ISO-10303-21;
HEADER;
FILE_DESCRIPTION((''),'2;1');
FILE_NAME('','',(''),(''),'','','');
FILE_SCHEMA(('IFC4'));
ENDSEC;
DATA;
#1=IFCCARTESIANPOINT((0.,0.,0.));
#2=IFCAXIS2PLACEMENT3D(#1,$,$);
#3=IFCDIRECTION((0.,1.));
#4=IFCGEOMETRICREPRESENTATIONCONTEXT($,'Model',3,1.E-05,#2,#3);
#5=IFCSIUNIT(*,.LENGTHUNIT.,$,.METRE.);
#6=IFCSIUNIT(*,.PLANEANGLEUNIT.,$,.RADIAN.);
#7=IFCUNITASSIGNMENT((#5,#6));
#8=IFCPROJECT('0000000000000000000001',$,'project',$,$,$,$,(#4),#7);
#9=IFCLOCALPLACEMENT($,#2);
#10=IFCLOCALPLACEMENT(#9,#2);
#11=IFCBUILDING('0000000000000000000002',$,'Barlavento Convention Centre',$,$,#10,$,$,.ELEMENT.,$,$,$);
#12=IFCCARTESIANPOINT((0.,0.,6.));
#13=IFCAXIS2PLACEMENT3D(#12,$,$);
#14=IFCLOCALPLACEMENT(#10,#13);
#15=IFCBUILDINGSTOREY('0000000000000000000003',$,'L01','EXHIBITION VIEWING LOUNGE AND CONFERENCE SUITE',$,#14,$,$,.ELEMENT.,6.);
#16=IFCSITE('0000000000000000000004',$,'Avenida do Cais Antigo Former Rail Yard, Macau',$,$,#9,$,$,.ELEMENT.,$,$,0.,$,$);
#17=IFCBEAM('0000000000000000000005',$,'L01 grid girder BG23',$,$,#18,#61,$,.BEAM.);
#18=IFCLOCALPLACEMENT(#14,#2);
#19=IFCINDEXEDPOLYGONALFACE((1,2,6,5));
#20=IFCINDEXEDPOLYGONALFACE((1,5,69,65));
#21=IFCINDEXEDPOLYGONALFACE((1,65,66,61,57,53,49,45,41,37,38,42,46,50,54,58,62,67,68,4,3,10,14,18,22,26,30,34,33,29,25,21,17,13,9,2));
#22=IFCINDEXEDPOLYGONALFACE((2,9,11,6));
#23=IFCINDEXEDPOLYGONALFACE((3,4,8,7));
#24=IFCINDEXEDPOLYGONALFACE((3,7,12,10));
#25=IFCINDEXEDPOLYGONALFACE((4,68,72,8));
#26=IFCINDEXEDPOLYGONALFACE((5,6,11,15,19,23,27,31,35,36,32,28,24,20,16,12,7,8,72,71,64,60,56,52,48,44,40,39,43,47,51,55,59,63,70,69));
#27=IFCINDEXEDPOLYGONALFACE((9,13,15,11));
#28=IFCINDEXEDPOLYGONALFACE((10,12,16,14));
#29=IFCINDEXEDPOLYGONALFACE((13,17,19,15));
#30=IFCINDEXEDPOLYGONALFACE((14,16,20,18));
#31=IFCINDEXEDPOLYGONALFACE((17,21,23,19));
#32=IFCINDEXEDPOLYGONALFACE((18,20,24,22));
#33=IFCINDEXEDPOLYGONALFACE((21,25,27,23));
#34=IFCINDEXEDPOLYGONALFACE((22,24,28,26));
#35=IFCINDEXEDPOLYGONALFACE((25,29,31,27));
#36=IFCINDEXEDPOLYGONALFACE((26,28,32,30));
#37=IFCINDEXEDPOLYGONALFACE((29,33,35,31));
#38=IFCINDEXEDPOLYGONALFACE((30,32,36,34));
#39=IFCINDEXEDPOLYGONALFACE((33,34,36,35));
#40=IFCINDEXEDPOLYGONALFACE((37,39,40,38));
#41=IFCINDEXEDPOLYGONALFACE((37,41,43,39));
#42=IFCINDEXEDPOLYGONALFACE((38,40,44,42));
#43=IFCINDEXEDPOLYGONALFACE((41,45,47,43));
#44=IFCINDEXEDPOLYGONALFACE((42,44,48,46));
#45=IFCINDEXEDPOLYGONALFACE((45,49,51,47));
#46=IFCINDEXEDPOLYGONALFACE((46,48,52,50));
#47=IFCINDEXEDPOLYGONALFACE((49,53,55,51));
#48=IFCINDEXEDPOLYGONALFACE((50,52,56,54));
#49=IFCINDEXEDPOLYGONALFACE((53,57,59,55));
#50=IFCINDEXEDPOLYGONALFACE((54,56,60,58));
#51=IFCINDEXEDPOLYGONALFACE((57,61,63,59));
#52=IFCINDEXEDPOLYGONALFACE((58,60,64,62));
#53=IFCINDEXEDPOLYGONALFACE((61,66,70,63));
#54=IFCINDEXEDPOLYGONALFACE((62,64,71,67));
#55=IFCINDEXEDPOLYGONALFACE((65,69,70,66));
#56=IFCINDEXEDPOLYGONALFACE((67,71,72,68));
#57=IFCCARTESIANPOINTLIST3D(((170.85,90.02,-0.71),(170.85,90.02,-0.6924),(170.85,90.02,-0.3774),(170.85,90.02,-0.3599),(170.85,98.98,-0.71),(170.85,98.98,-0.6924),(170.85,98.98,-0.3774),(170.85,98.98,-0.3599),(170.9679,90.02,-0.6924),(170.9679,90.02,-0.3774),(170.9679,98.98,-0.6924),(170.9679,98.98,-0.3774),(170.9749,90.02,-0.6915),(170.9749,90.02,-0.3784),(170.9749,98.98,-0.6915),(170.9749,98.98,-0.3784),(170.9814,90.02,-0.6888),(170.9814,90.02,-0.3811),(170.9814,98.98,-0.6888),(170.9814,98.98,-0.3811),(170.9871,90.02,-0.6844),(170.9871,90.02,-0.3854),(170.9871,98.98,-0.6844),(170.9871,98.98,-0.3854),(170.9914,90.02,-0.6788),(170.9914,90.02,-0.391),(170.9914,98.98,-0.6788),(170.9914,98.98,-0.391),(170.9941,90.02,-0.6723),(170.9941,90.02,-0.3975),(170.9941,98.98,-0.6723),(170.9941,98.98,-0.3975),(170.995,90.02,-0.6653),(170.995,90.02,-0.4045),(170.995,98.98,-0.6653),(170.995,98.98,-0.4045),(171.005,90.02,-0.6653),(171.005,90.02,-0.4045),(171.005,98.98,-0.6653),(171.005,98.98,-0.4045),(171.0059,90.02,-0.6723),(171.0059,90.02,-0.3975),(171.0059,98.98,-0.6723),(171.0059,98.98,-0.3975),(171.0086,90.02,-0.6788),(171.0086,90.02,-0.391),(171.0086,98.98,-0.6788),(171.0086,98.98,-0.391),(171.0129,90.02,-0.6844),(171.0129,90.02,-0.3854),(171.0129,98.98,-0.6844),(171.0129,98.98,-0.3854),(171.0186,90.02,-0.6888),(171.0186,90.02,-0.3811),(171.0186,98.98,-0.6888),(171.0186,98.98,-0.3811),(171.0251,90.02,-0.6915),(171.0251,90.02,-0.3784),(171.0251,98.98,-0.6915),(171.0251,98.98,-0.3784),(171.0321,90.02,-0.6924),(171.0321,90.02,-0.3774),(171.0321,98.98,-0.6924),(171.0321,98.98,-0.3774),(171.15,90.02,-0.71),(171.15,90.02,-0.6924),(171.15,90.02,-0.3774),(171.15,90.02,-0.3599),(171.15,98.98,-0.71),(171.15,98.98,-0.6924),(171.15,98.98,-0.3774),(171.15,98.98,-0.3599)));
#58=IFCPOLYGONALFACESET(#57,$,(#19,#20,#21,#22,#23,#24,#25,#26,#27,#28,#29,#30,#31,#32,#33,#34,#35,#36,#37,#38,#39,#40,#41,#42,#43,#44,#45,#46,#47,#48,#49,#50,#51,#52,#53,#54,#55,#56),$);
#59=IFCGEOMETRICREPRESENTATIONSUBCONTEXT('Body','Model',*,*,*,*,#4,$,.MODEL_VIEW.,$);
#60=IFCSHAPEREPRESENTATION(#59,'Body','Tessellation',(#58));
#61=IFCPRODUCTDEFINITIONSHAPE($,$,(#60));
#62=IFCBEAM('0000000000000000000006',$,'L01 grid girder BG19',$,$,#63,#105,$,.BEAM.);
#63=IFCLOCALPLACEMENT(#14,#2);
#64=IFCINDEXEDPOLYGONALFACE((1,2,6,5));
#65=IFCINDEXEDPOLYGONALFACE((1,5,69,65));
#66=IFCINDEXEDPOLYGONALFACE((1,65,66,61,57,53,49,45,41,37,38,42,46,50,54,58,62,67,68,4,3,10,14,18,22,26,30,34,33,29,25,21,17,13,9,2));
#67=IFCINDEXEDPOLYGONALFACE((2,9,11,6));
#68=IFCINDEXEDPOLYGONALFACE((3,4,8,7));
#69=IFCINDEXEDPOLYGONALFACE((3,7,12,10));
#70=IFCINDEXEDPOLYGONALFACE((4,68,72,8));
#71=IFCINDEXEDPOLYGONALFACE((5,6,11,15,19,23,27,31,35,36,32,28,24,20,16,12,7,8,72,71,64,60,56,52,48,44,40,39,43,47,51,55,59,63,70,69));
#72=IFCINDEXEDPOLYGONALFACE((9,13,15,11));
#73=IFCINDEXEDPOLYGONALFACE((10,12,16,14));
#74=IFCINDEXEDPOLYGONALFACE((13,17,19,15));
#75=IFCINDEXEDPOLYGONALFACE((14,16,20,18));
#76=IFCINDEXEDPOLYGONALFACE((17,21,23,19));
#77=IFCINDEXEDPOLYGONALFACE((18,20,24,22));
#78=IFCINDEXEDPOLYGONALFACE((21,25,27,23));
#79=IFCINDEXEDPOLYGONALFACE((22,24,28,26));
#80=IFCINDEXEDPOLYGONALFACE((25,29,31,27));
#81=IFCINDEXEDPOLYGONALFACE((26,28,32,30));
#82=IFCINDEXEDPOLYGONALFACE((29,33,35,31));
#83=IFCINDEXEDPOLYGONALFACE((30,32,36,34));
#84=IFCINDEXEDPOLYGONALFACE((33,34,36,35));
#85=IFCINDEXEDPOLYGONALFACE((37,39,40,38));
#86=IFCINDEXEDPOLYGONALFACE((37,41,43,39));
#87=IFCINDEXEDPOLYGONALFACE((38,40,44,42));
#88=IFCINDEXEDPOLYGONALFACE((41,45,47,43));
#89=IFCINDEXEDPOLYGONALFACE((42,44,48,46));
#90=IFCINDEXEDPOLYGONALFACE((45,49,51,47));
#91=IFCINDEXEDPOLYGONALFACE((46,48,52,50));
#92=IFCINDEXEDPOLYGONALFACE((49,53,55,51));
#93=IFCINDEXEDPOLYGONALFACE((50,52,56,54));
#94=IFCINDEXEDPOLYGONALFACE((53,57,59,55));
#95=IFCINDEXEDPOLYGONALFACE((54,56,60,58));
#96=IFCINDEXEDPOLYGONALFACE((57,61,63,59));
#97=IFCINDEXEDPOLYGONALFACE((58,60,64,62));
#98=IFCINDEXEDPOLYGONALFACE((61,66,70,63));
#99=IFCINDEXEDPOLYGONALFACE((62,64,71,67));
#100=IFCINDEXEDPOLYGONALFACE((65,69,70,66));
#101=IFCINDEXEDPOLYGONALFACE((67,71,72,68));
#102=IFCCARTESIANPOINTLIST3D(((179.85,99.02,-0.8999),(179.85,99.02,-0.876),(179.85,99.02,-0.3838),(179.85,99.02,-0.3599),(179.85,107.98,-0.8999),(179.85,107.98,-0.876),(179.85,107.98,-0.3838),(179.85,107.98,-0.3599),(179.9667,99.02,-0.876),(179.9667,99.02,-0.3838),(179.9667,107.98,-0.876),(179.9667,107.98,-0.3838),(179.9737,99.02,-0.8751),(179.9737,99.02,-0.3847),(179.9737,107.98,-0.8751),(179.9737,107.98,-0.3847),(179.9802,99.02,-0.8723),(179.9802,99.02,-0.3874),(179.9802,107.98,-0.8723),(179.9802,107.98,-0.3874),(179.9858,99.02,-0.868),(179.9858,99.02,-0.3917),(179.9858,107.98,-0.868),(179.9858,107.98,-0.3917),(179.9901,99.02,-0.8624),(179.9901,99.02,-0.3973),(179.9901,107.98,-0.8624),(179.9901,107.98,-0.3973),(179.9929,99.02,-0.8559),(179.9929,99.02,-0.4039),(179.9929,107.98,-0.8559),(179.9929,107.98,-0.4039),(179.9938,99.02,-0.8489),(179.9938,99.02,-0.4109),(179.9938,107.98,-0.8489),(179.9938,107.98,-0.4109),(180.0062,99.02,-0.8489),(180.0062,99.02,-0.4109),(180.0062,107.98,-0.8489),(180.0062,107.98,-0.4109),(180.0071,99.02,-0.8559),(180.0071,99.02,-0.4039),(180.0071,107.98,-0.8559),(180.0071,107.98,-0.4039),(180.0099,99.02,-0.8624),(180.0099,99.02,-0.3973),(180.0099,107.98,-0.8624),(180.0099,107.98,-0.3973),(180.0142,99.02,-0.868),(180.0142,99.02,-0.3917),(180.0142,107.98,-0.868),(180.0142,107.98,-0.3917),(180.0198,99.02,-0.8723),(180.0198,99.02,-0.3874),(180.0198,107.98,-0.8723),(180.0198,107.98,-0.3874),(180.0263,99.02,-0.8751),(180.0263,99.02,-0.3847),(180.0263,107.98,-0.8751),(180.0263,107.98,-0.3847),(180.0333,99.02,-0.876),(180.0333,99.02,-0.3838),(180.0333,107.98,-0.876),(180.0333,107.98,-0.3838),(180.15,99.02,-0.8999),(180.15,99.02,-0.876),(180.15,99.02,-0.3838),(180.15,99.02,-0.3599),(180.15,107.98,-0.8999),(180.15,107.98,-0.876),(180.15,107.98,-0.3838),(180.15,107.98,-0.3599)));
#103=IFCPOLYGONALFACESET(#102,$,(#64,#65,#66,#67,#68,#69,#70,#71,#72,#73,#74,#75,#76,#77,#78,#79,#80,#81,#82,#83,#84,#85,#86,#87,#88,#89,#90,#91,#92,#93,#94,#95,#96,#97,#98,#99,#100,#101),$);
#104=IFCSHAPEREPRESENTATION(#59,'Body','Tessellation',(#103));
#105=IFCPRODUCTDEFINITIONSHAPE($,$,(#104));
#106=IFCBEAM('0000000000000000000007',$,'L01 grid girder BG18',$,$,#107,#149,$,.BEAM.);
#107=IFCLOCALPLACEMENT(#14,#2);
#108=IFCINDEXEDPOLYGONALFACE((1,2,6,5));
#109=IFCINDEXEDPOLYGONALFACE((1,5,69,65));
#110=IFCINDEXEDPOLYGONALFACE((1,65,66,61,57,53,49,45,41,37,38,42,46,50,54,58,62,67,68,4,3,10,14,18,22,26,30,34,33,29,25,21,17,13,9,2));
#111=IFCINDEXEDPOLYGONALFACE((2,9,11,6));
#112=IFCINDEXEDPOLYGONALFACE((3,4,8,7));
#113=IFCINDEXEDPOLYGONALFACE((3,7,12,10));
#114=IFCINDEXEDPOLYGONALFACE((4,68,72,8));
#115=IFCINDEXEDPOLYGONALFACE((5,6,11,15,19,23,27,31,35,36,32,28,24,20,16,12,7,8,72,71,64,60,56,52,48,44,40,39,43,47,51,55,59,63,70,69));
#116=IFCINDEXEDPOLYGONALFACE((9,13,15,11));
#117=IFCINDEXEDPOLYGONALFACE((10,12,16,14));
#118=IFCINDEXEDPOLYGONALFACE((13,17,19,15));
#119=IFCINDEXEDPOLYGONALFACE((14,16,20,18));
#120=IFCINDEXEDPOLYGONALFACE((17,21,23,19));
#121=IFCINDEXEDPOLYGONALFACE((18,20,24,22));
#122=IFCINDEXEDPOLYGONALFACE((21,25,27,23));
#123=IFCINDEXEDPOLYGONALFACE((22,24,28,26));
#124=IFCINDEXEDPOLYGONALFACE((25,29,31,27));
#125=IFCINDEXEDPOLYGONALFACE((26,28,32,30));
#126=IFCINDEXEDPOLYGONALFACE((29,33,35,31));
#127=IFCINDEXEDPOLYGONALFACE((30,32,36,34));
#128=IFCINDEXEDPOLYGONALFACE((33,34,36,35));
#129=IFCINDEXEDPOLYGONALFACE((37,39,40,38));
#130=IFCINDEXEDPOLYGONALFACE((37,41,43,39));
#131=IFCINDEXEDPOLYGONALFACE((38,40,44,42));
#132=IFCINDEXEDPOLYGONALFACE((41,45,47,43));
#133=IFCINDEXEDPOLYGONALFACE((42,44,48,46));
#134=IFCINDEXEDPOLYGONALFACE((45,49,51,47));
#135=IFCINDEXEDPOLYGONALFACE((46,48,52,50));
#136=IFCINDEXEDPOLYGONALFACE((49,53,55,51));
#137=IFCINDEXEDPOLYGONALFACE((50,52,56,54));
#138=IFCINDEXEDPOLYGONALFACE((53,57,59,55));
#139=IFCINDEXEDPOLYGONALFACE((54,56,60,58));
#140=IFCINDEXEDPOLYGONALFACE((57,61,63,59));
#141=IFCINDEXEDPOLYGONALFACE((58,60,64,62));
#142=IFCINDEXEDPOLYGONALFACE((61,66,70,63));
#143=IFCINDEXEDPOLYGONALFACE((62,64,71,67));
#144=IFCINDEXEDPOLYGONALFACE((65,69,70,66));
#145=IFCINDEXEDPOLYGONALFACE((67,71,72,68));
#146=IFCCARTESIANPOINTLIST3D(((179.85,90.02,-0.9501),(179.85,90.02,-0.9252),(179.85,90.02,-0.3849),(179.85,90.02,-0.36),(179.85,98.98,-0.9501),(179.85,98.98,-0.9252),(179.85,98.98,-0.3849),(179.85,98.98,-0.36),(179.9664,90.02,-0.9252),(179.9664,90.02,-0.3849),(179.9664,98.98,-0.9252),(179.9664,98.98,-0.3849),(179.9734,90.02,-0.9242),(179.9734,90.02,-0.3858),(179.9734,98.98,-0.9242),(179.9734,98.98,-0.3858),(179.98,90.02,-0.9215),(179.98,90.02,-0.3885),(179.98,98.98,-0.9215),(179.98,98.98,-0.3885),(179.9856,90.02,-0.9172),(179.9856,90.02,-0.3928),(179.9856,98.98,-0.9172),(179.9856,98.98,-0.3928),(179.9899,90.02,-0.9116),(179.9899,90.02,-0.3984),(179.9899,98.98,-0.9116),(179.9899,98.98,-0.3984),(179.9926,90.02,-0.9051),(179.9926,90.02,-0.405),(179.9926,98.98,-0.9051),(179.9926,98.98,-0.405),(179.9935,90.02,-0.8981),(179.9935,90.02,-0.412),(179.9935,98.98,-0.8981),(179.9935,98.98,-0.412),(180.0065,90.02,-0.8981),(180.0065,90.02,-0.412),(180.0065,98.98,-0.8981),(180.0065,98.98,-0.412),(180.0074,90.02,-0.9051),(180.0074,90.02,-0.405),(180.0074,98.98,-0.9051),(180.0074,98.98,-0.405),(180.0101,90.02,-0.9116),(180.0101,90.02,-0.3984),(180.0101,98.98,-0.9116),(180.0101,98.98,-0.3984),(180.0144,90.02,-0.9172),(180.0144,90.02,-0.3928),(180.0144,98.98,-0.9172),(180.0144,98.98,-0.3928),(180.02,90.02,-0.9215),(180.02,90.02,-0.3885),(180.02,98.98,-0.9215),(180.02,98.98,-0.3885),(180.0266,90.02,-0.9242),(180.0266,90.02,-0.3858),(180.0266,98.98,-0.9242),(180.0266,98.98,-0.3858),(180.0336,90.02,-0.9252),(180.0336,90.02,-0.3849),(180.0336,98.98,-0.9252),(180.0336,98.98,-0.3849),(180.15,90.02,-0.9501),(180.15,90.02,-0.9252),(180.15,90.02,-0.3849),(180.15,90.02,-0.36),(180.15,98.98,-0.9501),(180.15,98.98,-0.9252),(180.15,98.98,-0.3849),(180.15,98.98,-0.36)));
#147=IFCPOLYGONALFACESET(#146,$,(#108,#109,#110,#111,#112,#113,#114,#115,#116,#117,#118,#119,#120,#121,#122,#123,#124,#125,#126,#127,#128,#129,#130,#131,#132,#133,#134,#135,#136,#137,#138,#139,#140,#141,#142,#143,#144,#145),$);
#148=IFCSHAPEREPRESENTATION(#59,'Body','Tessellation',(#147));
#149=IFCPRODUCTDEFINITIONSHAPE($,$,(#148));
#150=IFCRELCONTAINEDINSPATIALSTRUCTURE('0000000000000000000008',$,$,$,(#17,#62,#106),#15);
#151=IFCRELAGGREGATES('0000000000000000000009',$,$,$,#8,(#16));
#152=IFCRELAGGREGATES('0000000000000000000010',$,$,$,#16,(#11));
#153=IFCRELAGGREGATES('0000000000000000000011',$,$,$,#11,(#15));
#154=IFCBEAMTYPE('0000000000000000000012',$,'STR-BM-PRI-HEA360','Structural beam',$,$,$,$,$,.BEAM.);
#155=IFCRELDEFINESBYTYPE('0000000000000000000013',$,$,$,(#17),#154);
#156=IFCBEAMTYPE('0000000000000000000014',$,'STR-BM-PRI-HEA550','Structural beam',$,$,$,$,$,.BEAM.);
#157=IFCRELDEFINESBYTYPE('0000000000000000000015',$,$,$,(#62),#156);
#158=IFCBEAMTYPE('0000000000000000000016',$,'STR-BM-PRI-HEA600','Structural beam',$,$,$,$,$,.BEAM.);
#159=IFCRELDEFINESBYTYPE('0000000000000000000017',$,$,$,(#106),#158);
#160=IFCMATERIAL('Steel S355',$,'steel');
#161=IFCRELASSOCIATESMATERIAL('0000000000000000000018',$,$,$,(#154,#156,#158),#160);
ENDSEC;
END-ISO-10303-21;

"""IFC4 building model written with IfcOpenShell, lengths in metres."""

from ifc_helpers import new_model, si_unit, direction, frame, origin, origin_2d, place, context, subcontext, project, spatial, i_section, extrude, material, material_profile, profile_set, type_object, element, save


model = new_model("IFC4")

# Units and contexts
model_context = context("Model", 3, precision=1e-05, world=origin(), true_north=direction((0.0, 1.0)))
body_context = subcontext(model_context, "Body", "Model", "MODEL_VIEW")
ifc_project = project(units=[si_unit("LENGTHUNIT", "METRE"), si_unit("PLANEANGLEUNIT", "RADIAN")], contexts=[model_context])

# Site, building, storey
site_placement = place(None, origin())
site = spatial("IfcSite", under=ifc_project, at=site_placement, Name="Avenida do Cais Antigo Former Rail Yard, Macau", CompositionType="ELEMENT", RefElevation=0.0)
building_placement = place(site_placement, origin())
building = spatial("IfcBuilding", under=site, at=building_placement, Name="Barlavento Convention Centre", CompositionType="ELEMENT")
storey_placement = place(building_placement, frame((0.0, 0.0, 6.0)))
storey = spatial("IfcBuildingStorey", under=building, at=storey_placement, Name="L01", Description="EXHIBITION VIEWING LOUNGE AND CONFERENCE SUITE", CompositionType="ELEMENT", Elevation=6.0)

# Shared definitions
ifc_material_1 = material(Name="Steel S355", Category="steel")

# Beams
ifc_material_profile_1 = material_profile(ifc_material_1, i_section(OverallWidth=0.3, OverallDepth=0.3501, WebThickness=0.01, FlangeThickness=0.0176, FilletRadius=0.0271, at=origin_2d()), Name="HEA 360")
ifc_profile_set_1 = profile_set([ifc_material_profile_1], Name="Steel S355")
beam_type_1 = type_object("IfcBeamType", Name="STR-BM-PRI-HEA360", Description="Structural beam", PredefinedType="BEAM", material=ifc_profile_set_1)
beam_1_placement = place(storey_placement, frame((171.0, 90.02, -0.5349), z_axis=(0.0, 1.0, 0.0), x_axis=(-1.0, 0.0, 0.0)))
element("IfcBeam", 1, at=beam_1_placement, inside=storey, type_object=beam_type_1, Name="L01 grid girder BG23", PredefinedType="BEAM", context=body_context, shape_type="SweptSolid", body=[
    extrude(i_section(OverallWidth=0.3, OverallDepth=0.3501, WebThickness=0.01, FlangeThickness=0.0176, FilletRadius=0.0271, at=origin_2d()), origin(), (0.0, 0.0, 1.0), 8.96),
])
ifc_material_profile_2 = material_profile(ifc_material_1, i_section(OverallWidth=0.3, OverallDepth=0.54, WebThickness=0.0125, FlangeThickness=0.0239, FilletRadius=0.0271, at=origin_2d()), Name="HEA 550")
ifc_profile_set_2 = profile_set([ifc_material_profile_2], Name="Steel S355")
beam_type_2 = type_object("IfcBeamType", Name="STR-BM-PRI-HEA550", Description="Structural beam", PredefinedType="BEAM", material=ifc_profile_set_2)
beam_2_placement = place(storey_placement, frame((180.0, 99.02, -0.6299), z_axis=(0.0, 1.0, 0.0), x_axis=(-1.0, 0.0, 0.0)))
element("IfcBeam", 2, at=beam_2_placement, inside=storey, type_object=beam_type_2, Name="L01 grid girder BG19", PredefinedType="BEAM", context=body_context, shape_type="SweptSolid", body=[
    extrude(i_section(OverallWidth=0.3, OverallDepth=0.54, WebThickness=0.0125, FlangeThickness=0.0239, FilletRadius=0.0271, at=origin_2d()), origin(), (0.0, 0.0, 1.0), 8.96),
])
ifc_material_profile_3 = material_profile(ifc_material_1, i_section(OverallWidth=0.3, OverallDepth=0.5901, WebThickness=0.0129, FlangeThickness=0.0249, FilletRadius=0.0271, at=origin_2d()), Name="HEA 600")
ifc_profile_set_3 = profile_set([ifc_material_profile_3], Name="Steel S355")
beam_type_3 = type_object("IfcBeamType", Name="STR-BM-PRI-HEA600", Description="Structural beam", PredefinedType="BEAM", material=ifc_profile_set_3)
beam_3_placement = place(storey_placement, frame((180.0, 90.02, -0.655), z_axis=(0.0, 1.0, 0.0), x_axis=(-1.0, 0.0, 0.0)))
element("IfcBeam", 3, at=beam_3_placement, inside=storey, type_object=beam_type_3, Name="L01 grid girder BG18", PredefinedType="BEAM", context=body_context, shape_type="SweptSolid", body=[
    extrude(i_section(OverallWidth=0.3, OverallDepth=0.5901, WebThickness=0.0129, FlangeThickness=0.0249, FilletRadius=0.0271, at=origin_2d()), origin(), (0.0, 0.0, 1.0), 8.96),
])

save(model, "model.ifc")
